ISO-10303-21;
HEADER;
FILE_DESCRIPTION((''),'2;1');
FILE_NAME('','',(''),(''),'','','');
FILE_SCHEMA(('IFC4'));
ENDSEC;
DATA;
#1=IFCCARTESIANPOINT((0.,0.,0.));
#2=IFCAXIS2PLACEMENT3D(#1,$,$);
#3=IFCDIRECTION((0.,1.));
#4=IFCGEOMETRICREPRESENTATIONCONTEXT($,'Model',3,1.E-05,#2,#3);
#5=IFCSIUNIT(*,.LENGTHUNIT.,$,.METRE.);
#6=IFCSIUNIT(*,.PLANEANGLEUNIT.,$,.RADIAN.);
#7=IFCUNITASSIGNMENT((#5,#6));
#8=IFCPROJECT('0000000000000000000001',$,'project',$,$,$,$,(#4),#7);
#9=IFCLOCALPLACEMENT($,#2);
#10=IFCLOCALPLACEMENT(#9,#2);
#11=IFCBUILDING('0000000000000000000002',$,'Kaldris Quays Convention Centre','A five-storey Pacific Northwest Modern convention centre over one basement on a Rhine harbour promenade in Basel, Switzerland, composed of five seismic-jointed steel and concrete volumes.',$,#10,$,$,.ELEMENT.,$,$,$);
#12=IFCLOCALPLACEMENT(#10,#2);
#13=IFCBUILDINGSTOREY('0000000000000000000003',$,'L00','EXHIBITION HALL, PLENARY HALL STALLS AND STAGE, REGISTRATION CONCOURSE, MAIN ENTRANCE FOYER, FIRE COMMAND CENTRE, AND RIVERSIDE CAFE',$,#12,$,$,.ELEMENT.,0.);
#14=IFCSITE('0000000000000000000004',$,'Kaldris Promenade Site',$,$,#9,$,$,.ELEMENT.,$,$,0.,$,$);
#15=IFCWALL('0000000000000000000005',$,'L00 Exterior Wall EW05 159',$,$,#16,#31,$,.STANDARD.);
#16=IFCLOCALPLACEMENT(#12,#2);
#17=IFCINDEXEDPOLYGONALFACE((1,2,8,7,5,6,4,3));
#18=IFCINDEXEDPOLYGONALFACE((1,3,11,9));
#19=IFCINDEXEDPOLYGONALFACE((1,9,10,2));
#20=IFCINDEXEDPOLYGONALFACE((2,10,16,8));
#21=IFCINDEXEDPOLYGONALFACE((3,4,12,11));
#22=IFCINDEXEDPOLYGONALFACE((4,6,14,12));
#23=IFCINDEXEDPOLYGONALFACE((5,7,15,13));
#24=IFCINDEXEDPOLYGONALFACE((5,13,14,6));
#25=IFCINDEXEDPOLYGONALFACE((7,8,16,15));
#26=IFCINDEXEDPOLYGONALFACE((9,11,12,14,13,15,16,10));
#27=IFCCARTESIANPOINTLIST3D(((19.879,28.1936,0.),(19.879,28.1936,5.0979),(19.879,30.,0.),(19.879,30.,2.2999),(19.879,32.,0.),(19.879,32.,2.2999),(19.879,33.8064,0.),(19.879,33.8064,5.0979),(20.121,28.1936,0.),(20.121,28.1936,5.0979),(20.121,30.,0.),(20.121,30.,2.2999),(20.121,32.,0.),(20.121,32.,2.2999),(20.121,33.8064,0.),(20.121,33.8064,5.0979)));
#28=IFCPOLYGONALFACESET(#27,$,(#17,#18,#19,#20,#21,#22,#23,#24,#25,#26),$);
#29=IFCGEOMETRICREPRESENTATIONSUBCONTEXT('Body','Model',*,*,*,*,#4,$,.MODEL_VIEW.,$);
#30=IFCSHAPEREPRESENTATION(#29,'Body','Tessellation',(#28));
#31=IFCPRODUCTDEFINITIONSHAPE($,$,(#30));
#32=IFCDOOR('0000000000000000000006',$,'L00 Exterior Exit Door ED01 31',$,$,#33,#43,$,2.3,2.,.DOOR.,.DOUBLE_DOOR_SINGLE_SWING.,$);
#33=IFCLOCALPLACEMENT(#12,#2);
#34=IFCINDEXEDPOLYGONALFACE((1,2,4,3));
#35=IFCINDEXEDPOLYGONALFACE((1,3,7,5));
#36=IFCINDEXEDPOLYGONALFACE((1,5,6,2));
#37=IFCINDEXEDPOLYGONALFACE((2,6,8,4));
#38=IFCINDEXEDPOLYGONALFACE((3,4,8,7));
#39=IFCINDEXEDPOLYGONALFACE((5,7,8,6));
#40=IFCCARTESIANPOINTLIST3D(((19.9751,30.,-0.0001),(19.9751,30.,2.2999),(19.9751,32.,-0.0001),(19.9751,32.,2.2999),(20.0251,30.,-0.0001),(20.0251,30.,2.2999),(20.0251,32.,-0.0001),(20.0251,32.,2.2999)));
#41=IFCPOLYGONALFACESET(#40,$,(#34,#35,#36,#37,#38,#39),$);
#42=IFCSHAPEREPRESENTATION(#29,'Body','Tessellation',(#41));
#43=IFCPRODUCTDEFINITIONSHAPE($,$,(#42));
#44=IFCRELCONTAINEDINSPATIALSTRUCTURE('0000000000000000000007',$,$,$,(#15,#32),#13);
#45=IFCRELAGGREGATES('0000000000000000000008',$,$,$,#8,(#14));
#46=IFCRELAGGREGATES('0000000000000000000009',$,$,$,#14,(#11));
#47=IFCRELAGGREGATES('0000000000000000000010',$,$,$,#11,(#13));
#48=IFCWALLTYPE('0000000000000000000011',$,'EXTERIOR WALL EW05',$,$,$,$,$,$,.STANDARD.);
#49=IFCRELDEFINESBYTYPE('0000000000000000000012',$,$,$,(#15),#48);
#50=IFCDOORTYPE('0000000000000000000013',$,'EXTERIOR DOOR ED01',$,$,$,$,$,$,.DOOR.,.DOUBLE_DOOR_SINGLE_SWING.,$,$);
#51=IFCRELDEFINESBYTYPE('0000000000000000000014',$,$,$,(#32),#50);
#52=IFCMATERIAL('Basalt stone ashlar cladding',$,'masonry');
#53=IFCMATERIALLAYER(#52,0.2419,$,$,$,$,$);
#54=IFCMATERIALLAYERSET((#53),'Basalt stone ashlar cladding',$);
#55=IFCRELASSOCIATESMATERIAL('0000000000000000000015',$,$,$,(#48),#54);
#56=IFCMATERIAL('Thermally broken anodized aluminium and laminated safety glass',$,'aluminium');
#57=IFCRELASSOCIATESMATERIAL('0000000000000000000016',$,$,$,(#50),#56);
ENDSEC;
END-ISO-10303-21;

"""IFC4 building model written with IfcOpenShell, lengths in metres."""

from ifc_helpers import new_model, si_unit, direction, frame, frame_2d, origin, place, context, subcontext, project, spatial, rectangle, extrude, material, layer, layer_set, type_object, element, fill, save


model = new_model("IFC4")

# Units and contexts
model_context = context("Model", 3, precision=1e-05, world=origin(), true_north=direction((0.0, 1.0)))
body_context = subcontext(model_context, "Body", "Model", "MODEL_VIEW")
ifc_project = project(units=[si_unit("LENGTHUNIT", "METRE"), si_unit("PLANEANGLEUNIT", "RADIAN")], contexts=[model_context])

# Site, building, storey
site_placement = place(None, origin())
site = spatial("IfcSite", under=ifc_project, at=site_placement, Name="Kaldris Promenade Site", CompositionType="ELEMENT", RefElevation=0.0)
building_placement = place(site_placement, origin())
building = spatial("IfcBuilding", under=site, at=building_placement, Name="Kaldris Quays Convention Centre", Description="A five-storey Pacific Northwest Modern convention centre over one basement on a Rhine harbour promenade in Basel, Switzerland, composed of five seismic-jointed steel and concrete volumes.", CompositionType="ELEMENT")
storey_placement = place(building_placement, origin())
storey = spatial("IfcBuildingStorey", under=building, at=storey_placement, Name="L00", Description="EXHIBITION HALL, PLENARY HALL STALLS AND STAGE, REGISTRATION CONCOURSE, MAIN ENTRANCE FOYER, FIRE COMMAND CENTRE, AND RIVERSIDE CAFE", CompositionType="ELEMENT", Elevation=0.0)

# Wall, opening, door
ifc_material_1 = material(Name="Basalt stone ashlar cladding", Category="masonry")
ifc_layer = layer(ifc_material_1, 0.2419)
ifc_layer_set = layer_set([ifc_layer], Name="Basalt stone ashlar cladding")
wall_type = type_object("IfcWallType", Name="EXTERIOR WALL EW05", PredefinedType="STANDARD", material=ifc_layer_set)
wall_placement = place(storey_placement, frame((20.0, 28.1936, 0.0), z_axis=(0.0, 0.0, 1.0), x_axis=(0.0, 1.0, 0.0)))
wall = element("IfcWall", 1, at=wall_placement, inside=storey, type_object=wall_type, Name="L00 Exterior Wall EW05 159", PredefinedType="STANDARD", context=body_context, shape_type="SweptSolid", body=[
    extrude(rectangle(XDim=5.6128, YDim=0.2419, at=frame_2d((2.8064, 0.0))), origin(), (0.0, 0.0, 1.0), 5.0979),
])
opening_placement = place(wall_placement, frame((1.8064, 0.0, 0.0)))
opening = element("IfcOpeningElement", 2, at=opening_placement, cuts=wall, PredefinedType="OPENING", context=body_context, shape_type="SweptSolid", body=[
    extrude(rectangle(XDim=2.0, YDim=2.3, at=frame_2d((1.0, 1.1499))), frame((0.0, 0.1309, 0.0), z_axis=(0.0, -1.0, 0.0), x_axis=(1.0, 0.0, 0.0)), (0.0, 0.0, 1.0), 0.262),
])
ifc_material_2 = material(Name="Thermally broken anodized aluminium and laminated safety glass", Category="aluminium")
door_type = type_object("IfcDoorType", Name="EXTERIOR DOOR ED01", OperationType="DOUBLE_DOOR_SINGLE_SWING", PredefinedType="DOOR", material=ifc_material_2)
door_placement = place(opening_placement, origin())
door = element("IfcDoor", 3, at=door_placement, inside=storey, type_object=door_type, Name="L00 Exterior Exit Door ED01 31", OperationType="DOUBLE_DOOR_SINGLE_SWING", OverallHeight=2.3, OverallWidth=2.0, PredefinedType="DOOR", context=body_context, shape_type="SweptSolid", body=[
    extrude(rectangle(XDim=2.0, YDim=2.3, at=frame_2d((1.0, 1.1499))), frame((0.0, 0.0249, 0.0), z_axis=(0.0, -1.0, 0.0), x_axis=(1.0, 0.0, 0.0)), (0.0, 0.0, 1.0), 0.05),
])
fill(opening, door)

save(model, "model.ifc")
